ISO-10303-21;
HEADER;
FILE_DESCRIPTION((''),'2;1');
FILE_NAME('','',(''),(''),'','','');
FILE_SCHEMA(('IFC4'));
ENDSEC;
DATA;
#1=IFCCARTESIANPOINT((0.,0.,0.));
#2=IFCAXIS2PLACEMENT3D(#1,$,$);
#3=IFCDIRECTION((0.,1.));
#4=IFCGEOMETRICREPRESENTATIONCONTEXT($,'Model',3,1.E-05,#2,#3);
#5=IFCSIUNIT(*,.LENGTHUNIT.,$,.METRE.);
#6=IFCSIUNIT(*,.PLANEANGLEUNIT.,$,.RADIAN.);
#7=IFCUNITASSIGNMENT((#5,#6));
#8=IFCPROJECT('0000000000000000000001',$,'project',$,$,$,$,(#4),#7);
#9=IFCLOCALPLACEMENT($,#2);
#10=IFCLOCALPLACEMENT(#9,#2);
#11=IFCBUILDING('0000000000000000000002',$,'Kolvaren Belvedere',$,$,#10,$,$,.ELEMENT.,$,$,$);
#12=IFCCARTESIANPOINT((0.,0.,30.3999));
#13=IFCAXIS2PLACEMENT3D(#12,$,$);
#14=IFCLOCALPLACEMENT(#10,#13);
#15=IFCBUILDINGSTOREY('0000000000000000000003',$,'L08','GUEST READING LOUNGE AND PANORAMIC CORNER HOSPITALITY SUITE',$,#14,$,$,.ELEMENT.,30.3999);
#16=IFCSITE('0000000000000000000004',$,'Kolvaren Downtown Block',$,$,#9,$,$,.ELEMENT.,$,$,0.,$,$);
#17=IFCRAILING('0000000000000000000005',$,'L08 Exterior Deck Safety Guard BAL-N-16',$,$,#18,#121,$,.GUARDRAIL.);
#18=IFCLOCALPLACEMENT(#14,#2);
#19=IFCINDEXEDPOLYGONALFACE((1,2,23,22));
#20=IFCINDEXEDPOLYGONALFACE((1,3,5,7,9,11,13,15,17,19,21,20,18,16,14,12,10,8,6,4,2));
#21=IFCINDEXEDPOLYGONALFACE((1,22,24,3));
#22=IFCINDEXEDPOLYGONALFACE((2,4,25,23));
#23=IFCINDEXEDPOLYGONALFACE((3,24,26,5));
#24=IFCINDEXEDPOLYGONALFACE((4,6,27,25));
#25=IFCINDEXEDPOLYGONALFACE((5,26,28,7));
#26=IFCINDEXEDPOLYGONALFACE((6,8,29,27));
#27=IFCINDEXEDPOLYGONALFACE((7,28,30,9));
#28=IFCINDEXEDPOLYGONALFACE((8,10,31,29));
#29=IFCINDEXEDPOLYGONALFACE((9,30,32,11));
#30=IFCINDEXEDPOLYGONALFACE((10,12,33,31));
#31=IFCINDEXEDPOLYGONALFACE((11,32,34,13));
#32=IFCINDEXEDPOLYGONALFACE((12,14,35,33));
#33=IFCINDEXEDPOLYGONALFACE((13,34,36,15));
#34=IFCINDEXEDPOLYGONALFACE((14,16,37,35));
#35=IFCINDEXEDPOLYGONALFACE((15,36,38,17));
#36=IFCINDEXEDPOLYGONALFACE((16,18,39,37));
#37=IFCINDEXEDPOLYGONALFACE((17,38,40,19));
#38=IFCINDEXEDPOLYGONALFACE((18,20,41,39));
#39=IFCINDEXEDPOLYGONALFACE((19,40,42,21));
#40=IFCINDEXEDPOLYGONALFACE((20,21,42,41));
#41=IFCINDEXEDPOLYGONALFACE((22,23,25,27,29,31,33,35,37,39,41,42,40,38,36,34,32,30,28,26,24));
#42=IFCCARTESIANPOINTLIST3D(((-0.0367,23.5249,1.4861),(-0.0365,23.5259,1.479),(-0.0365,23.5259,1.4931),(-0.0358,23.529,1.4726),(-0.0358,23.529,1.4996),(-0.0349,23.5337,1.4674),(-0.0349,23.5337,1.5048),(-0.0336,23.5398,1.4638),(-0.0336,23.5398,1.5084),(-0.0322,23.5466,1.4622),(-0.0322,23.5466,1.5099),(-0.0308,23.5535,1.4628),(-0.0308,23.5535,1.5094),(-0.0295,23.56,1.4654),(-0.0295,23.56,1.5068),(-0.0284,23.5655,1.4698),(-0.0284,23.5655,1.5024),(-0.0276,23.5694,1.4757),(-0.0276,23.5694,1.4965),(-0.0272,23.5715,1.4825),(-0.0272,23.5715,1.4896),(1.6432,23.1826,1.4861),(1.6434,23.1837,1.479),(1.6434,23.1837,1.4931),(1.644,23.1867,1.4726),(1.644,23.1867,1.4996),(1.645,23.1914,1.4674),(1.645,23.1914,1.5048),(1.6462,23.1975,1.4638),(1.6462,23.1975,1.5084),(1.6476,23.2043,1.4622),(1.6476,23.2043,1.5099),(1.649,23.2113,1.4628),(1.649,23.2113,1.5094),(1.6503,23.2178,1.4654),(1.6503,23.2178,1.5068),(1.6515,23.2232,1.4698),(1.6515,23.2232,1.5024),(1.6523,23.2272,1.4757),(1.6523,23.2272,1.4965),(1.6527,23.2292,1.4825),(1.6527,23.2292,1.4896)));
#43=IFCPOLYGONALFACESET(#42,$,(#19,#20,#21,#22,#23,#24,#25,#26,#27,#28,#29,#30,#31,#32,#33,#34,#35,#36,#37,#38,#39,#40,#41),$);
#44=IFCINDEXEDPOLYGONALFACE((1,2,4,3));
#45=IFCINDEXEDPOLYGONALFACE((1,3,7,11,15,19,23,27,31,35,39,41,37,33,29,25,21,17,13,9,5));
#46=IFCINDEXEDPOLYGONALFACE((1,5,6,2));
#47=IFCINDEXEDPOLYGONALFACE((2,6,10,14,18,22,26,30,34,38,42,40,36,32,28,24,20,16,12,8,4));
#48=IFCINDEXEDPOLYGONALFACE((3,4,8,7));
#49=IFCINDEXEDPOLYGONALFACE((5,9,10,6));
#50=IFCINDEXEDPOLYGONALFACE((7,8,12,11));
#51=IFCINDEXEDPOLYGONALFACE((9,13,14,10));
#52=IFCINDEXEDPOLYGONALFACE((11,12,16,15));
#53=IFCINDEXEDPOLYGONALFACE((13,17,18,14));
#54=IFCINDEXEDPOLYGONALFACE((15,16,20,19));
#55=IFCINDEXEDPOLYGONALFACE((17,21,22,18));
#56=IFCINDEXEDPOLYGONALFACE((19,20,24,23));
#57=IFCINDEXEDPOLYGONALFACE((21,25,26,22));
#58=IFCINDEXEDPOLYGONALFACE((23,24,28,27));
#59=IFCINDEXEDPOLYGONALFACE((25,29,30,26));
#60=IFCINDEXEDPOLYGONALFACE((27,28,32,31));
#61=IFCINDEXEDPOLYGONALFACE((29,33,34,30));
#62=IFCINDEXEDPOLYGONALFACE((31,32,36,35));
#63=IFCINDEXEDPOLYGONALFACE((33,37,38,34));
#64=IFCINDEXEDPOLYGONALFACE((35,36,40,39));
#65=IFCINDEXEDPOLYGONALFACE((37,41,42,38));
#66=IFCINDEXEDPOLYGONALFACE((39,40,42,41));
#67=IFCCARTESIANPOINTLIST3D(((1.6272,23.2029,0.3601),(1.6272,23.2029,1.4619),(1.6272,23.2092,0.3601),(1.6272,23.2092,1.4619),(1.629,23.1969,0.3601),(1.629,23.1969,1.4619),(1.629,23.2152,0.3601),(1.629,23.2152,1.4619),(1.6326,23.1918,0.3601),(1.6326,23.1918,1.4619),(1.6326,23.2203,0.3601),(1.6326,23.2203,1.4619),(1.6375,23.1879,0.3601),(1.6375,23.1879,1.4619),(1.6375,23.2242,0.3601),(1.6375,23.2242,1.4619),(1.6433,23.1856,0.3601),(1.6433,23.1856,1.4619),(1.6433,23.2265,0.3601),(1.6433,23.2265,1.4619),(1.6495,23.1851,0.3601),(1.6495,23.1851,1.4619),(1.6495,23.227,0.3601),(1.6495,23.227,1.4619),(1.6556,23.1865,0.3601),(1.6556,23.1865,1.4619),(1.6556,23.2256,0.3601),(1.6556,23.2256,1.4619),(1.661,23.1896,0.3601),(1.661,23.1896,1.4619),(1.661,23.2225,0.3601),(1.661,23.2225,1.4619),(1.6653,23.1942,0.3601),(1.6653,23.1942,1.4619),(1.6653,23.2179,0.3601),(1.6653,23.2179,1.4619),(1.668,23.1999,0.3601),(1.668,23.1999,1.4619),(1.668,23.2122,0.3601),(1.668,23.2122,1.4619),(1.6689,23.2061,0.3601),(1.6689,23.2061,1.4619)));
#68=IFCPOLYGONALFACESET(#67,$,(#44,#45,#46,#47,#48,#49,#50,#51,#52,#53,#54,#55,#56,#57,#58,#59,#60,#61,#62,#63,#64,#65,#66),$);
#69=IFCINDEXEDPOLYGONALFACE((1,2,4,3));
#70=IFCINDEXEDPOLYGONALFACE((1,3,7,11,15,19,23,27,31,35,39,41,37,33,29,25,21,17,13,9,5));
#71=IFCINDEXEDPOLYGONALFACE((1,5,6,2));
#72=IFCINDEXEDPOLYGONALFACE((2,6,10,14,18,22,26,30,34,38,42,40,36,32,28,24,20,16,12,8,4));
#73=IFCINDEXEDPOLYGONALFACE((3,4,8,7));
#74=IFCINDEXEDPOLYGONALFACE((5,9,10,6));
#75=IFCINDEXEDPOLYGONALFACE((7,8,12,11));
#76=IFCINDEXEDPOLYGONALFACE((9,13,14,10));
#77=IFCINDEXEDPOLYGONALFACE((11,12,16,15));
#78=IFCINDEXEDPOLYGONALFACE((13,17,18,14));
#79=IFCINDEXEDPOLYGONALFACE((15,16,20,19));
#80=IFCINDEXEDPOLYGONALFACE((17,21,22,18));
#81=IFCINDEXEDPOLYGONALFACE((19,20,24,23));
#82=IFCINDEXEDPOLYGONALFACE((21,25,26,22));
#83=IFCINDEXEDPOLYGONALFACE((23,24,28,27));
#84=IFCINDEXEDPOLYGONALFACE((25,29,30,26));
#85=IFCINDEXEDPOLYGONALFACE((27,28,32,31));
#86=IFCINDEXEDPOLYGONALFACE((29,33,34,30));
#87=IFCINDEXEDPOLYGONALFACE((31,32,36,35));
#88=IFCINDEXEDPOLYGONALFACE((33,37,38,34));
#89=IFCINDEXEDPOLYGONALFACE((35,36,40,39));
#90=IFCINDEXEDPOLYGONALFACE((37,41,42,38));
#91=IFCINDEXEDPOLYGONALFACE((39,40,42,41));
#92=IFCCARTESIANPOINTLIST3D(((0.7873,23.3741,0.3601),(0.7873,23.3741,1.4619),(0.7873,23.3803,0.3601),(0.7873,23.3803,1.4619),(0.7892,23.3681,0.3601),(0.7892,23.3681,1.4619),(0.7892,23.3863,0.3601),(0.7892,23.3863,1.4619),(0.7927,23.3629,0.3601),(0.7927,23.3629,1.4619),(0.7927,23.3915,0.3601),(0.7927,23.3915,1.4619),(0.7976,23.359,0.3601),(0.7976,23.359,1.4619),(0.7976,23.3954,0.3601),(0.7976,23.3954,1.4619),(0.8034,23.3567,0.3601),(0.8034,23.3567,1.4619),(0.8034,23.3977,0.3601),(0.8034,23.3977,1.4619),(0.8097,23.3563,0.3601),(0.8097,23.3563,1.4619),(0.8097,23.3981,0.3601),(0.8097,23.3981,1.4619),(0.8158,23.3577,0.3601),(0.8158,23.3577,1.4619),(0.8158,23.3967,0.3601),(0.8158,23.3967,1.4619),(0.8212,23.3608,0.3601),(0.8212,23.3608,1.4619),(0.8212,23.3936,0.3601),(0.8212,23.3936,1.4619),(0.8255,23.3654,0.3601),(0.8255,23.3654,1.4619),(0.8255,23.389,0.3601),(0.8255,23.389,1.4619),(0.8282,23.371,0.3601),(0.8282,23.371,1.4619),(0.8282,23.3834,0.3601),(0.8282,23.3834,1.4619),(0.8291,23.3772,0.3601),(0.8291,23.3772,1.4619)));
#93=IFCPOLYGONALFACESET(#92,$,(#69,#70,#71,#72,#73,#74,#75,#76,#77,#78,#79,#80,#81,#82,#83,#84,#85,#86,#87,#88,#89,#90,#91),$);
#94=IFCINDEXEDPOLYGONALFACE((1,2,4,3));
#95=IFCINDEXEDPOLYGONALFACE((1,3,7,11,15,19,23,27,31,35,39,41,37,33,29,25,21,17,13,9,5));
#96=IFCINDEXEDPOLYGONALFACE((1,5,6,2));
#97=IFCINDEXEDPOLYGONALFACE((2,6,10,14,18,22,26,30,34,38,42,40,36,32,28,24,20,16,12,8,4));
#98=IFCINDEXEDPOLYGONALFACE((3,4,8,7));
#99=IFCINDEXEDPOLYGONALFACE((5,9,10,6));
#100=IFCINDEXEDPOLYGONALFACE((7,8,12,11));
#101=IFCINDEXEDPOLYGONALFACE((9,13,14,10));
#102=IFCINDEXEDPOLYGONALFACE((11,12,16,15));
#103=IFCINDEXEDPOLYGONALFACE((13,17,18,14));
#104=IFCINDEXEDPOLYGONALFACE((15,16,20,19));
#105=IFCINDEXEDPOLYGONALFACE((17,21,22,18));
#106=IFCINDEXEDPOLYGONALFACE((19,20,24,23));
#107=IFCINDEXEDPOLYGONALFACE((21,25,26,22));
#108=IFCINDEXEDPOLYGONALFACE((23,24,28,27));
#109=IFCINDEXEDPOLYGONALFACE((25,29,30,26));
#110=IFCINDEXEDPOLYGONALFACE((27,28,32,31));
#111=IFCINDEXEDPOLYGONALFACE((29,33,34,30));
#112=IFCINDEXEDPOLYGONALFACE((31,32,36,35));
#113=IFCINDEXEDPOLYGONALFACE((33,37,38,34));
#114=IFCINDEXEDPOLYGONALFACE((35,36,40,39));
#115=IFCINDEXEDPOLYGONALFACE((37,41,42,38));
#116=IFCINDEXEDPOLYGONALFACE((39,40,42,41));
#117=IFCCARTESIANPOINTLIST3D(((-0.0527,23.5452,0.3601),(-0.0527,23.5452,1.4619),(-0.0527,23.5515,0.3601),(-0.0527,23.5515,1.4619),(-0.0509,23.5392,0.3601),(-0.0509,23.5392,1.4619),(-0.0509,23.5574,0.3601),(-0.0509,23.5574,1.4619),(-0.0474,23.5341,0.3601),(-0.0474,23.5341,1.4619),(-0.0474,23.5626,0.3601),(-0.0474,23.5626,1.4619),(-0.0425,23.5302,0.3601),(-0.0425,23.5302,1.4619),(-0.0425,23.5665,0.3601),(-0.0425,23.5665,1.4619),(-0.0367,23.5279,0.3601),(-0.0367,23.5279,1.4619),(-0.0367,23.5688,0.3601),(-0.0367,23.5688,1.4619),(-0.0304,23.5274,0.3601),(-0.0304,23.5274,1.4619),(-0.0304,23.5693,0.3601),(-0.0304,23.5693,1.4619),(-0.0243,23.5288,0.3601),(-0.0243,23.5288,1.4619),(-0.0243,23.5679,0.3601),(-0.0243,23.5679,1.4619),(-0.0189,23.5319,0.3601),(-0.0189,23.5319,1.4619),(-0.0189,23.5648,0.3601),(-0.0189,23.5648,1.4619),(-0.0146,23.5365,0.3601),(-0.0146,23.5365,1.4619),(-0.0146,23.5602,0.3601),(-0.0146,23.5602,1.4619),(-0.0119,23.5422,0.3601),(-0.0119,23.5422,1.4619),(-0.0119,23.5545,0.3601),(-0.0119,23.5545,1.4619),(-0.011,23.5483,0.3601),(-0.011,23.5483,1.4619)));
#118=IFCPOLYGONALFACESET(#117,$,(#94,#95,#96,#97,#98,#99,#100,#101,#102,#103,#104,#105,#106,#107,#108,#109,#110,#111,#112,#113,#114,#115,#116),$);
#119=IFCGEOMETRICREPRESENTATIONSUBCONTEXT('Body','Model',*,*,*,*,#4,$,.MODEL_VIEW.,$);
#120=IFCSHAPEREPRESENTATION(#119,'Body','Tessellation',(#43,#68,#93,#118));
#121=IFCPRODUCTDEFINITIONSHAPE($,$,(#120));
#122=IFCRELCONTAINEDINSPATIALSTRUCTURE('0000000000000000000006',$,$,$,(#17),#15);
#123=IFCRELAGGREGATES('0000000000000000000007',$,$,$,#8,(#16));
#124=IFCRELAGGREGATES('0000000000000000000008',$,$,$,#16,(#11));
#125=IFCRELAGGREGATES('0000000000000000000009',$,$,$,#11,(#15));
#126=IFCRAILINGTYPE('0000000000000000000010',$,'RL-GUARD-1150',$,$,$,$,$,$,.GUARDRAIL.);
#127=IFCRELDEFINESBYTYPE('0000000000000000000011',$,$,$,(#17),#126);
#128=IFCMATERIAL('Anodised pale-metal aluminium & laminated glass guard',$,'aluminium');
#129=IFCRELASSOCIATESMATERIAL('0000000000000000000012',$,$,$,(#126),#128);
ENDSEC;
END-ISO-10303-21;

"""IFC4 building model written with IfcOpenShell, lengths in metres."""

from ifc_helpers import new_model, si_unit, direction, frame, origin, origin_2d, place, context, subcontext, project, spatial, circle, extrude, material, type_object, element, save


model = new_model("IFC4")

# Units and contexts
model_context = context("Model", 3, precision=1e-05, world=origin(), true_north=direction((0.0, 1.0)))
body_context = subcontext(model_context, "Body", "Model", "MODEL_VIEW")
ifc_project = project(units=[si_unit("LENGTHUNIT", "METRE"), si_unit("PLANEANGLEUNIT", "RADIAN")], contexts=[model_context])

# Site, building, storey
site_placement = place(None, origin())
site = spatial("IfcSite", under=ifc_project, at=site_placement, Name="Kolvaren Downtown Block", CompositionType="ELEMENT", RefElevation=0.0)
building_placement = place(site_placement, origin())
building = spatial("IfcBuilding", under=site, at=building_placement, Name="Kolvaren Belvedere", CompositionType="ELEMENT")
storey_placement = place(building_placement, frame((0.0, 0.0, 30.3999)))
storey = spatial("IfcBuildingStorey", under=building, at=storey_placement, Name="L08", Description="GUEST READING LOUNGE AND PANORAMIC CORNER HOSPITALITY SUITE", CompositionType="ELEMENT", Elevation=30.3999)

# Railing
ifc_material_1 = material(Name="Anodised pale-metal aluminium & laminated glass guard", Category="aluminium")
railing_type = type_object("IfcRailingType", Name="RL-GUARD-1150", PredefinedType="GUARDRAIL", material=ifc_material_1)
railing_1_placement = place(storey_placement, frame((1.6479, 23.2061, 0.3601)))
element("IfcRailing", 1, at=railing_1_placement, inside=storey, type_object=railing_type, Name="L08 Exterior Deck Safety Guard BAL-N-16", PredefinedType="GUARDRAIL", context=body_context, shape_type="SweptSolid", body=[
    extrude(circle(Radius=0.0239, at=origin_2d()), frame((0.0, 0.0, 1.126), z_axis=(-0.979868, 0.199648, 0.0), x_axis=(-0.199648, -0.979868, 0.0)), (0.0, 0.0, 1.0), 1.7144),
    extrude(circle(Radius=0.021, at=origin_2d()), origin(), (0.0, 0.0, 1.0), 1.1018),
    extrude(circle(Radius=0.021, at=origin_2d()), frame((-0.8398, 0.1711, 0.0)), (0.0, 0.0, 1.0), 1.1018),
    extrude(circle(Radius=0.021, at=origin_2d()), frame((-1.6799, 0.3423, 0.0)), (0.0, 0.0, 1.0), 1.1018),
])

save(model, "model.ifc")
